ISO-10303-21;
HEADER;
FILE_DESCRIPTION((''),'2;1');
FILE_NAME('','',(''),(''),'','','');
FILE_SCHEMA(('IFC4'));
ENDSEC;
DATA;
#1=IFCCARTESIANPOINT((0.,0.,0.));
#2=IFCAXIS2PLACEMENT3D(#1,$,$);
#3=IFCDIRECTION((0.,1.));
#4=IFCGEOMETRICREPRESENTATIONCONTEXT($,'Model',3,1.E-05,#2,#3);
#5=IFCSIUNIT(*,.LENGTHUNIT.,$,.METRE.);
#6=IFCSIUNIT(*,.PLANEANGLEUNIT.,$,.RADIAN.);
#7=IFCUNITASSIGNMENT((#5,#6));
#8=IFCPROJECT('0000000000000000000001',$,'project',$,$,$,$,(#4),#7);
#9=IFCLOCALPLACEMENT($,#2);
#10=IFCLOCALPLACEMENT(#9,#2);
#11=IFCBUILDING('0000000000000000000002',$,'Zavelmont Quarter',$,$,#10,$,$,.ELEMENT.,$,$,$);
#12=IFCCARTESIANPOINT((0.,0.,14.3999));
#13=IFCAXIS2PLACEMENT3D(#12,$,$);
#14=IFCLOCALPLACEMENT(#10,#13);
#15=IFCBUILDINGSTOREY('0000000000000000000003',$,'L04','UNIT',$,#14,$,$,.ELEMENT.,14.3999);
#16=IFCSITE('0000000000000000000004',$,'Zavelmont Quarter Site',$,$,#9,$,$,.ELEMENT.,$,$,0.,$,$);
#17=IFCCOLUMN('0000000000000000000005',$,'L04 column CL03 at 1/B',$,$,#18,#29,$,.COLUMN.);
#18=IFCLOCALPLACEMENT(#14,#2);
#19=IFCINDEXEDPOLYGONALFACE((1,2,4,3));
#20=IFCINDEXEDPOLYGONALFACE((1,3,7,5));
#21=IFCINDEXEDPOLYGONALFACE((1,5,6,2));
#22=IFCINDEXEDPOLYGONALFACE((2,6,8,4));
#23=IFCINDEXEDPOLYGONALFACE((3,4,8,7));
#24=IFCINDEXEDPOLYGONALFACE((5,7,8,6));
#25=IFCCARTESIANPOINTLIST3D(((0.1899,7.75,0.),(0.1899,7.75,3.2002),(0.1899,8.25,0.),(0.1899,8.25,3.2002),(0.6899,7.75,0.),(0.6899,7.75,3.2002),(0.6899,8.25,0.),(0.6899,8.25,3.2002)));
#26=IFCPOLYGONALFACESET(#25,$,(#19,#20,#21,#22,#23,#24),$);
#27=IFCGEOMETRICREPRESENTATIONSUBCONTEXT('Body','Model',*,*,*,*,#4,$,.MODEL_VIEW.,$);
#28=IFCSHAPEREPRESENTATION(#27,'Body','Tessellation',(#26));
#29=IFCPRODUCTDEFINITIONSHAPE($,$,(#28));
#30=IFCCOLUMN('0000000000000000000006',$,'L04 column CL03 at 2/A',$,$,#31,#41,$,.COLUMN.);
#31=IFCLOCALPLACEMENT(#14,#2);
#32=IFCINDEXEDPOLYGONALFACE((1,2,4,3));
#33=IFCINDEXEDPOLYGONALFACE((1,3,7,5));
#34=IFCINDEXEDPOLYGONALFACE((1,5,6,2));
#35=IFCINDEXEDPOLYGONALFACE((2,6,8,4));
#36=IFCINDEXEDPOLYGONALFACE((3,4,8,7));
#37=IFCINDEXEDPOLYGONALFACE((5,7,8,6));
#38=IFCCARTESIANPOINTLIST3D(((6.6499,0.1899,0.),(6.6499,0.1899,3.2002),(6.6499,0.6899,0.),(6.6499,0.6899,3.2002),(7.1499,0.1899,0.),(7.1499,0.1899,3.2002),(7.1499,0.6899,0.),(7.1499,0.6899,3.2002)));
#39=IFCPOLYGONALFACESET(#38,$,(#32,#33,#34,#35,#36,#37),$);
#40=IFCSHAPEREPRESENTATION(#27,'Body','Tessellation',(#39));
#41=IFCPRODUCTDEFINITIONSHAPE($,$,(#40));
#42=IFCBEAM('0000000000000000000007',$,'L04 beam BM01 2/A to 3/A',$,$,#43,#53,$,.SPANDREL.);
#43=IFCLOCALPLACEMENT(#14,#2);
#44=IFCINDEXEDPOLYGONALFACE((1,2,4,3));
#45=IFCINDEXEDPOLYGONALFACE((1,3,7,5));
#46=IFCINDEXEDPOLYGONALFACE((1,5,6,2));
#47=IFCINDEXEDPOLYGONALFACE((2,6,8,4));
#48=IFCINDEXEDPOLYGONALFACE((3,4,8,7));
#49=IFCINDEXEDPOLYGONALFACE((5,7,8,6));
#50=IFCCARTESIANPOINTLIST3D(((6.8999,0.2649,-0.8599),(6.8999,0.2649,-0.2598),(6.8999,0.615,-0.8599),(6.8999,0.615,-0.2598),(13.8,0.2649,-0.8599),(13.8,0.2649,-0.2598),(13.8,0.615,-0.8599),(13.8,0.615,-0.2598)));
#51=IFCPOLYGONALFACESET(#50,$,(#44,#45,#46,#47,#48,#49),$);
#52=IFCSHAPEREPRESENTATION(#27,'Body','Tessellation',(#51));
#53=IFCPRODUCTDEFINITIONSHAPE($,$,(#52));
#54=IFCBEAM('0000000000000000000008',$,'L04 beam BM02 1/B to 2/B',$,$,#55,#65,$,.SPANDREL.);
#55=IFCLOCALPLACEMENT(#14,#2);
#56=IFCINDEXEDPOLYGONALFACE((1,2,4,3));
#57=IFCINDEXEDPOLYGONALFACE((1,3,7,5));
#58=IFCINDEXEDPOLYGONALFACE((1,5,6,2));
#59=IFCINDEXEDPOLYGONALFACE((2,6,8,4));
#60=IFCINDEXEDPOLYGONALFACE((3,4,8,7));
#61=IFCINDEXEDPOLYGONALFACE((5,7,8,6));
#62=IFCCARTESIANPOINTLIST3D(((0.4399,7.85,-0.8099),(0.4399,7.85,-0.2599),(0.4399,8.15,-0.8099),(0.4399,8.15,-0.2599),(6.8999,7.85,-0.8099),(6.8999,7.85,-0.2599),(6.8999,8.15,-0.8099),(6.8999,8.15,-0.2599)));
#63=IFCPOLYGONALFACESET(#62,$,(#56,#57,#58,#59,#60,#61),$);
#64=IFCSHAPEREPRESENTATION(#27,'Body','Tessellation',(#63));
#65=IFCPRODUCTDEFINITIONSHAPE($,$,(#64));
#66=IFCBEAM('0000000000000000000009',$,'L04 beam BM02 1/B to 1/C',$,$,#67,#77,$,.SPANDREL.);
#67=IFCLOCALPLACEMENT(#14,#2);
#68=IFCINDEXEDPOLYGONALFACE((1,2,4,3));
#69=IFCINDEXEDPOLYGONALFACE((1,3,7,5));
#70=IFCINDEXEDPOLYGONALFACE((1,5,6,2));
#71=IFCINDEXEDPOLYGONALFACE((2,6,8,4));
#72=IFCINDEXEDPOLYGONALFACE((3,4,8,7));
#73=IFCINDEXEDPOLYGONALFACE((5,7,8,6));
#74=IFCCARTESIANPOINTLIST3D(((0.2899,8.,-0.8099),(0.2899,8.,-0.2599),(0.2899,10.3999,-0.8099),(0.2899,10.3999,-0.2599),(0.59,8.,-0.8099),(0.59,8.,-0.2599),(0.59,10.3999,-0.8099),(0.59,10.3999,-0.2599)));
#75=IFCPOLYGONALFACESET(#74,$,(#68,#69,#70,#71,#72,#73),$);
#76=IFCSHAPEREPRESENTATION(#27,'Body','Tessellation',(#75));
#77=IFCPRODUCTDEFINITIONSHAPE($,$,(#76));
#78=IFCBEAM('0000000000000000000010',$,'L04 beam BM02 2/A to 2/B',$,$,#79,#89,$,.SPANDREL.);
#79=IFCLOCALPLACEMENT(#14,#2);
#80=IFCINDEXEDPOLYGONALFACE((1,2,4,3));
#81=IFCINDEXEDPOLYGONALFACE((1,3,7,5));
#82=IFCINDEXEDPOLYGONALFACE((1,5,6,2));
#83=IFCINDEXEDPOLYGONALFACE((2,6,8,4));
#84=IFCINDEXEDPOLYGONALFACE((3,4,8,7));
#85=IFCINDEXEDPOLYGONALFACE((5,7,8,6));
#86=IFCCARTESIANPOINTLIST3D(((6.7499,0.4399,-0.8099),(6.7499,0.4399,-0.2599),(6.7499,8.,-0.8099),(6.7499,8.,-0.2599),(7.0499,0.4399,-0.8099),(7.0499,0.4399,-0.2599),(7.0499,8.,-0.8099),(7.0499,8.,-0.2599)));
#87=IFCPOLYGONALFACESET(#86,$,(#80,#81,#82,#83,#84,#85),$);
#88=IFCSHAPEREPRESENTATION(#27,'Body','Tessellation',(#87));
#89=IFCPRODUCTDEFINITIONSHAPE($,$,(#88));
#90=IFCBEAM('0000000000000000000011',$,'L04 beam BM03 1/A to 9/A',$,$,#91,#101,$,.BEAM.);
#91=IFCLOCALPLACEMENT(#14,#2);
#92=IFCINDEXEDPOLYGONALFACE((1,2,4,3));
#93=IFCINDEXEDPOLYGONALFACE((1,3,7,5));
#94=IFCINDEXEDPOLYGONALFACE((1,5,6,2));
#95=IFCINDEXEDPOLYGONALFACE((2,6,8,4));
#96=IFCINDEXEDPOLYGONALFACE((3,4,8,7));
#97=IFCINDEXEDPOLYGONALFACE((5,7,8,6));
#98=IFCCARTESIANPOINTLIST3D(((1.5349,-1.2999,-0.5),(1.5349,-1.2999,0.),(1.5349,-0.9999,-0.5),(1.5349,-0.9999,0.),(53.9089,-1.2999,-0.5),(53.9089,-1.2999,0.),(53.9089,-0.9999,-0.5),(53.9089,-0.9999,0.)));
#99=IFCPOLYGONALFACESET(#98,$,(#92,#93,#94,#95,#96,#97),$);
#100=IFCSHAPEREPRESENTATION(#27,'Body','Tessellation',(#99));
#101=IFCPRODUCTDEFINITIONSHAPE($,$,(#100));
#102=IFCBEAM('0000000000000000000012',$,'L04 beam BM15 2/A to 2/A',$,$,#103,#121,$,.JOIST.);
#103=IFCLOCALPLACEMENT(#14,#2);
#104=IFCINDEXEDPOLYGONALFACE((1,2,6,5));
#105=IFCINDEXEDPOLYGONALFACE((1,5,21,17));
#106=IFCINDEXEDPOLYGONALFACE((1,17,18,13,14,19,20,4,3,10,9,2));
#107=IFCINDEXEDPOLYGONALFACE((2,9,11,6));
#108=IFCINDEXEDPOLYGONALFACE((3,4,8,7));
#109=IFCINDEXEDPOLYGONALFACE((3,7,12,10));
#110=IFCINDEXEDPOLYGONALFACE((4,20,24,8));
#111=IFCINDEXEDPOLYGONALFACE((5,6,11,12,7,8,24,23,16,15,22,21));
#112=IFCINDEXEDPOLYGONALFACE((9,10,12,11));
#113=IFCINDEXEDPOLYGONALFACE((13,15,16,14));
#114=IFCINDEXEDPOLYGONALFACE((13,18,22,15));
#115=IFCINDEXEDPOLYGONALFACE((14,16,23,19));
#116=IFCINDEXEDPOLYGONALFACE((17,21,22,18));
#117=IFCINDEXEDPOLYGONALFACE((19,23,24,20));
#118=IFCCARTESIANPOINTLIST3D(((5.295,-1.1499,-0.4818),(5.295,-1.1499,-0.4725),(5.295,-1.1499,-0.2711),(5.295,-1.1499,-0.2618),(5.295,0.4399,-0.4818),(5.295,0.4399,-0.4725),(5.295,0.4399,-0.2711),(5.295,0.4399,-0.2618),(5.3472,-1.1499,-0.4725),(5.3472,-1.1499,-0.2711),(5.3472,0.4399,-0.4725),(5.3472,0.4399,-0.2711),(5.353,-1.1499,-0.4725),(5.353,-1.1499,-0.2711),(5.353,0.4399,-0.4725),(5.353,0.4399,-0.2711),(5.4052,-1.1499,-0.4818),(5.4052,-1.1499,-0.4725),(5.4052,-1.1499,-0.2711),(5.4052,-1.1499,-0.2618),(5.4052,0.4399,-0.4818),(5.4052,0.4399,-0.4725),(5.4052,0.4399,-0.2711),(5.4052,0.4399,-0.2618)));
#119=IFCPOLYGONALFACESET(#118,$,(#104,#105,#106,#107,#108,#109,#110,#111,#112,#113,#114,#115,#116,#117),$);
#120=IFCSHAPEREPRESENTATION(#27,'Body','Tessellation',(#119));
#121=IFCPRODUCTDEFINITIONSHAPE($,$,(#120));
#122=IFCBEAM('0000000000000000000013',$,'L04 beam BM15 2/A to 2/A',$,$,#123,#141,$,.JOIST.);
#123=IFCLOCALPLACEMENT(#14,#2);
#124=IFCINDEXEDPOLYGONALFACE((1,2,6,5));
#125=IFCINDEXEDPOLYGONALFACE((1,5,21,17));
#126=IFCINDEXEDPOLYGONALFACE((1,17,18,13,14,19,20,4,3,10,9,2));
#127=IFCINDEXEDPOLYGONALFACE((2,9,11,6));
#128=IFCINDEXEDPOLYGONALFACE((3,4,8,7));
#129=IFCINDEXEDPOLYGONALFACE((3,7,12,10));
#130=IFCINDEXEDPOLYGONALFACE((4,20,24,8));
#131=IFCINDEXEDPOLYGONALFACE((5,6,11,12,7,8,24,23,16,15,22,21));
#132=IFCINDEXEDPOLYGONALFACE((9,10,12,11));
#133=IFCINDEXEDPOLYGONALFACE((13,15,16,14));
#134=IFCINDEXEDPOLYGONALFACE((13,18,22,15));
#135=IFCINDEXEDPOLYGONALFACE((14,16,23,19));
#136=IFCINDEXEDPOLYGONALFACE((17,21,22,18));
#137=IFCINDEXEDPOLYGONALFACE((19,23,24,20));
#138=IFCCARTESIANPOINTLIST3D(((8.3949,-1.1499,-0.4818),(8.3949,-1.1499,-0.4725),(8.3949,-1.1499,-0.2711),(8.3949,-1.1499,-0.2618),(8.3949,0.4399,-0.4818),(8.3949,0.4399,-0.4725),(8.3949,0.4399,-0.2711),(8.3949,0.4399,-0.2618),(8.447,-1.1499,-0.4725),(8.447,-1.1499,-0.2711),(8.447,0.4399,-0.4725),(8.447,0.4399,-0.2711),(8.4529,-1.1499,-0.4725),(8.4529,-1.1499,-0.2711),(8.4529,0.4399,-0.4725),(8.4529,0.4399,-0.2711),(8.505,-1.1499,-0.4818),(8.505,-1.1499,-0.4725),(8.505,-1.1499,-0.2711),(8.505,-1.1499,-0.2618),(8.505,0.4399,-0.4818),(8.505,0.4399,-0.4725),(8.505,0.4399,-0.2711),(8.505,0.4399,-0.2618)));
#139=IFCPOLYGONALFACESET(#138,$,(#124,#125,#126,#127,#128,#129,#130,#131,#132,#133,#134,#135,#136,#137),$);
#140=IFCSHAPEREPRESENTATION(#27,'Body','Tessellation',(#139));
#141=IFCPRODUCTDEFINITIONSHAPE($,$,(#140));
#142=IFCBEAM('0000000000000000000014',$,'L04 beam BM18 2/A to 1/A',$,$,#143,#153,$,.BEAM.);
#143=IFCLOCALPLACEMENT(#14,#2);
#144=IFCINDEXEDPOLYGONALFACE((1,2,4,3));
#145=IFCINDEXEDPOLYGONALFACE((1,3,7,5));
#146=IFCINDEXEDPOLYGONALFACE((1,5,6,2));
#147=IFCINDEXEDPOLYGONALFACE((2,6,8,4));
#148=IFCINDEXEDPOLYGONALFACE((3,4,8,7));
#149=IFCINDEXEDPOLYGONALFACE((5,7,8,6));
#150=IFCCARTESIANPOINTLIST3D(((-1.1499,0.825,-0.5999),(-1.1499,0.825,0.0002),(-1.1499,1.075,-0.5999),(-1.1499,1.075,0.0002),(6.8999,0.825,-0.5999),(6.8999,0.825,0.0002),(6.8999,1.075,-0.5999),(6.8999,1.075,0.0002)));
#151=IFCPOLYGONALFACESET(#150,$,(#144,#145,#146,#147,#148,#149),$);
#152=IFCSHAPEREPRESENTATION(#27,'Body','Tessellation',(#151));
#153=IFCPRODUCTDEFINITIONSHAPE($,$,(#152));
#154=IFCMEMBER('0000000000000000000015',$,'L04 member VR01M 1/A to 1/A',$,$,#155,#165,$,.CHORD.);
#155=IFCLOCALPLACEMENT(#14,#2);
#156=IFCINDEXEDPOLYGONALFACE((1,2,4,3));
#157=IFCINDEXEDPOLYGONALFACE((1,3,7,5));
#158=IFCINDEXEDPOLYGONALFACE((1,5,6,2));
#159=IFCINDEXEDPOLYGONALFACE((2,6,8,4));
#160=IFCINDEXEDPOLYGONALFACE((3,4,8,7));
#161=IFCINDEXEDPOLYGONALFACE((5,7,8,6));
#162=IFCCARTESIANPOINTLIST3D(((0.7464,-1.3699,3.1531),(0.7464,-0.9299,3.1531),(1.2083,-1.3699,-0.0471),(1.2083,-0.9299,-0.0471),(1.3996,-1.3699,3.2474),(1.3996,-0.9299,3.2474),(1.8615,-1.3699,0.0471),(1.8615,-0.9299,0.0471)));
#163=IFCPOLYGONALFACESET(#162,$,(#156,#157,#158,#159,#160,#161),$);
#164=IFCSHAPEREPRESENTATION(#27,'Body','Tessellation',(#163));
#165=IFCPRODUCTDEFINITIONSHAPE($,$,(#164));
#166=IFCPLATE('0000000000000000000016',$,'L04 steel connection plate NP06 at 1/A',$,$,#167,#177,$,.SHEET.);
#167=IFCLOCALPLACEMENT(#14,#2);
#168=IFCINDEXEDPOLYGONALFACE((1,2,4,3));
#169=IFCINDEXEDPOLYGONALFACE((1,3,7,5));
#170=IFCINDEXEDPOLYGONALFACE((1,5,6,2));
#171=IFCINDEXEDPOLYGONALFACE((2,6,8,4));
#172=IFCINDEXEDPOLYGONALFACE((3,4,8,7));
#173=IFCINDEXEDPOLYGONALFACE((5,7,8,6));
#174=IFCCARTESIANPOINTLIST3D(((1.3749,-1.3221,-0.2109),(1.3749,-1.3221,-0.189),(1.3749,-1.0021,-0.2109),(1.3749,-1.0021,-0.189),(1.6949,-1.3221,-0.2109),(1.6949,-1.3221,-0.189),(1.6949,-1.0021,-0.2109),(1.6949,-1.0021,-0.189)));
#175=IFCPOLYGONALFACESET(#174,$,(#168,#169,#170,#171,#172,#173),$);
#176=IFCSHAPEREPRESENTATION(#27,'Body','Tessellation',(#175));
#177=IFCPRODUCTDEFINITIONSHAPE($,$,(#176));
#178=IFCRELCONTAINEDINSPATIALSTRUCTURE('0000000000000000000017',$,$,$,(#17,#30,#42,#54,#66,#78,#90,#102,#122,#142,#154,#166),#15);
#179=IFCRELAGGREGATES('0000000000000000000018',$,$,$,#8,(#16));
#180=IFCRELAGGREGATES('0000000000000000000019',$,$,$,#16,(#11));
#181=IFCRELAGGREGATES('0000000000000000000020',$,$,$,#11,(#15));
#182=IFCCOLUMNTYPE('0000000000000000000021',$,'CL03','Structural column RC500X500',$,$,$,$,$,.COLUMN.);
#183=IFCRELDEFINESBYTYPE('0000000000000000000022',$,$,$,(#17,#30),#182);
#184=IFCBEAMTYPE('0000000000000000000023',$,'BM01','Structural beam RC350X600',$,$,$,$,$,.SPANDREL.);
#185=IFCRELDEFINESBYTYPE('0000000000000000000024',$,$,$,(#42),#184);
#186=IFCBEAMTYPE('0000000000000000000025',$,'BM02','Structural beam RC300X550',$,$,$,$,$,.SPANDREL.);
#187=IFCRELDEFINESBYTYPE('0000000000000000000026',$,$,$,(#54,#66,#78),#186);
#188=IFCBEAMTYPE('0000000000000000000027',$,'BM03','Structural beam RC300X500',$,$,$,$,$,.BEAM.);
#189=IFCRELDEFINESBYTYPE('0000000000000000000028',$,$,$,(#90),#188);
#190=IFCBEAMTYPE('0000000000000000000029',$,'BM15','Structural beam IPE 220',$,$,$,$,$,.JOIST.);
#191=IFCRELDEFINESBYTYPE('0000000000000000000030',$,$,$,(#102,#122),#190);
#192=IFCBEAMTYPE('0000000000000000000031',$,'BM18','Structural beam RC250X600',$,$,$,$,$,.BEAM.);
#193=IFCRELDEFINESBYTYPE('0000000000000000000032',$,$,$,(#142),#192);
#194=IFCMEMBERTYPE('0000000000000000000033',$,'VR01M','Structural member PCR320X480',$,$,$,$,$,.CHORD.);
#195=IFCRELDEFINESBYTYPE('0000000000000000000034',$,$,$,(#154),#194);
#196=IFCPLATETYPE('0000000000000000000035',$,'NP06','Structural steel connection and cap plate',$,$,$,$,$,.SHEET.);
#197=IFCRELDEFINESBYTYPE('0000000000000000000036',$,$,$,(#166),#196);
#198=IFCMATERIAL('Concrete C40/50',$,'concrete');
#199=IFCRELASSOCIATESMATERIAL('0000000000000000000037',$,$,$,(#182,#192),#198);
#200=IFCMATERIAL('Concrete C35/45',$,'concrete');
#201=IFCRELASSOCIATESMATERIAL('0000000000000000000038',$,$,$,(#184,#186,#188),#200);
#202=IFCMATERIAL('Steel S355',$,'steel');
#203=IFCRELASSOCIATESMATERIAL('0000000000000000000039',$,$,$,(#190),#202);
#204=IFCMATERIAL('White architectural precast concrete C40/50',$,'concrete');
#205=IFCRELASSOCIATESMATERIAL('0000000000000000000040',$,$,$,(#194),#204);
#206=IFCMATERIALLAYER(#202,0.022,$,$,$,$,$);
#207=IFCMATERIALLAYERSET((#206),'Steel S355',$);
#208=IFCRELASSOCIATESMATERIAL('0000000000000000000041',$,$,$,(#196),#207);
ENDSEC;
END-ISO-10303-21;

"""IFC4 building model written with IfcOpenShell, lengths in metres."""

from ifc_helpers import new_model, si_unit, direction, frame, origin, origin_2d, place, context, subcontext, project, spatial, rectangle, i_section, extrude, material, layer, layer_set, material_profile, profile_set, type_object, element, save


model = new_model("IFC4")

# Units and contexts
model_context = context("Model", 3, precision=1e-05, world=origin(), true_north=direction((0.0, 1.0)))
body_context = subcontext(model_context, "Body", "Model", "MODEL_VIEW")
ifc_project = project(units=[si_unit("LENGTHUNIT", "METRE"), si_unit("PLANEANGLEUNIT", "RADIAN")], contexts=[model_context])

# Site, building, storey
site_placement = place(None, origin())
site = spatial("IfcSite", under=ifc_project, at=site_placement, Name="Zavelmont Quarter Site", CompositionType="ELEMENT", RefElevation=0.0)
building_placement = place(site_placement, origin())
building = spatial("IfcBuilding", under=site, at=building_placement, Name="Zavelmont Quarter", CompositionType="ELEMENT")
storey_placement = place(building_placement, frame((0.0, 0.0, 14.3999)))
storey = spatial("IfcBuildingStorey", under=building, at=storey_placement, Name="L04", Description="UNIT", CompositionType="ELEMENT", Elevation=14.3999)

# Columns
ifc_material_1 = material(Name="Concrete C40/50", Category="concrete")
ifc_material_profile_1 = material_profile(ifc_material_1, rectangle(XDim=0.5, YDim=0.5, at=origin_2d()), Name="RC500X500")
ifc_profile_set_1 = profile_set([ifc_material_profile_1], Name="Concrete C40/50")
column_type = type_object("IfcColumnType", Name="CL03", Description="Structural column RC500X500", PredefinedType="COLUMN", material=ifc_profile_set_1)
for number, where, z_axis, x_axis, name in (
    (1, (0.4399, 8.0, 0.0), (0.0, 0.0, 1.0), (1.0, 0.0, 0.0), "L04 column CL03 at 1/B"),
    (2, (6.8999, 0.4399, 0.0), (0.0, 0.0, 1.0), (1.0, 0.0, 0.0), "L04 column CL03 at 2/A"),
):
    element("IfcColumn", number, at=place(storey_placement, frame(where, z_axis=z_axis, x_axis=x_axis)), inside=storey, type_object=column_type, Name=name, PredefinedType="COLUMN", context=body_context, shape_type="SweptSolid", body=[
        extrude(rectangle(XDim=0.5, YDim=0.5, at=origin_2d()), origin(), (0.0, 0.0, 1.0), 3.2002),
    ])

# Beams
ifc_material_2 = material(Name="Concrete C35/45", Category="concrete")
ifc_material_profile_2 = material_profile(ifc_material_2, rectangle(XDim=0.3501, YDim=0.6001, at=origin_2d()), Name="RC350X600")
ifc_profile_set_2 = profile_set([ifc_material_profile_2], Name="Concrete C35/45")
beam_type_1 = type_object("IfcBeamType", Name="BM01", Description="Structural beam RC350X600", PredefinedType="SPANDREL", material=ifc_profile_set_2)
beam_1_placement = place(storey_placement, frame((6.8999, 0.4399, -0.5598), z_axis=(1.0, 0.0, 0.0), x_axis=(0.0, 1.0, 0.0)))
element("IfcBeam", 3, at=beam_1_placement, inside=storey, type_object=beam_type_1, Name="L04 beam BM01 2/A to 3/A", PredefinedType="SPANDREL", context=body_context, shape_type="SweptSolid", body=[
    extrude(rectangle(XDim=0.3501, YDim=0.6001, at=origin_2d()), origin(), (0.0, 0.0, 1.0), 6.9001),
])
ifc_material_profile_3 = material_profile(ifc_material_2, rectangle(XDim=0.3, YDim=0.55, at=origin_2d()), Name="RC300X550")
ifc_profile_set_3 = profile_set([ifc_material_profile_3], Name="Concrete C35/45")
beam_type_2 = type_object("IfcBeamType", Name="BM02", Description="Structural beam RC300X550", PredefinedType="SPANDREL", material=ifc_profile_set_3)
beam_2_placement = place(storey_placement, frame((0.4399, 8.0, -0.5349), z_axis=(1.0, 0.0, 0.0), x_axis=(0.0, 1.0, 0.0)))
element("IfcBeam", 4, at=beam_2_placement, inside=storey, type_object=beam_type_2, Name="L04 beam BM02 1/B to 2/B", PredefinedType="SPANDREL", context=body_context, shape_type="SweptSolid", body=[
    extrude(rectangle(XDim=0.3, YDim=0.55, at=origin_2d()), origin(), (0.0, 0.0, 1.0), 6.46),
])
beam_3_placement = place(storey_placement, frame((0.4399, 8.0, -0.5349), z_axis=(0.0, 1.0, 0.0), x_axis=(-1.0, 0.0, 0.0)))
element("IfcBeam", 5, at=beam_3_placement, inside=storey, type_object=beam_type_2, Name="L04 beam BM02 1/B to 1/C", PredefinedType="SPANDREL", context=body_context, shape_type="SweptSolid", body=[
    extrude(rectangle(XDim=0.3, YDim=0.55, at=origin_2d()), origin(), (0.0, 0.0, 1.0), 2.3999),
])
beam_4_placement = place(storey_placement, frame((6.8999, 0.4399, -0.5349), z_axis=(0.0, 1.0, 0.0), x_axis=(-1.0, 0.0, 0.0)))
element("IfcBeam", 6, at=beam_4_placement, inside=storey, type_object=beam_type_2, Name="L04 beam BM02 2/A to 2/B", PredefinedType="SPANDREL", context=body_context, shape_type="SweptSolid", body=[
    extrude(rectangle(XDim=0.3, YDim=0.55, at=origin_2d()), origin(), (0.0, 0.0, 1.0), 7.5601),
])
ifc_material_profile_4 = material_profile(ifc_material_2, rectangle(XDim=0.3, YDim=0.5, at=origin_2d()), Name="RC300X500")
ifc_profile_set_4 = profile_set([ifc_material_profile_4], Name="Concrete C35/45")
beam_type_3 = type_object("IfcBeamType", Name="BM03", Description="Structural beam RC300X500", PredefinedType="BEAM", material=ifc_profile_set_4)
beam_5_placement = place(storey_placement, frame((1.5349, -1.1499, -0.25), z_axis=(1.0, 0.0, 0.0), x_axis=(0.0, 1.0, 0.0)))
element("IfcBeam", 7, at=beam_5_placement, inside=storey, type_object=beam_type_3, Name="L04 beam BM03 1/A to 9/A", PredefinedType="BEAM", context=body_context, shape_type="SweptSolid", body=[
    extrude(rectangle(XDim=0.3, YDim=0.5, at=origin_2d()), origin(), (0.0, 0.0, 1.0), 52.374),
])
ifc_material_3 = material(Name="Steel S355", Category="steel")
ifc_material_profile_5 = material_profile(ifc_material_3, i_section(OverallWidth=0.1101, OverallDepth=0.22, WebThickness=0.0059, FlangeThickness=0.0093, at=origin_2d()), Name="IPE 220")
ifc_profile_set_5 = profile_set([ifc_material_profile_5], Name="Steel S355")
beam_type_4 = type_object("IfcBeamType", Name="BM15", Description="Structural beam IPE 220", PredefinedType="JOIST", material=ifc_profile_set_5)
for number, where, z_axis, x_axis, name in (
    (8, (5.3501, 0.4399, -0.3718), (0.0, -1.0, 0.0), (1.0, 0.0, 0.0), "L04 beam BM15 2/A to 2/A"),
    (9, (8.45, 0.4399, -0.3718), (0.0, -1.0, 0.0), (1.0, 0.0, 0.0), "L04 beam BM15 2/A to 2/A"),
):
    element("IfcBeam", number, at=place(storey_placement, frame(where, z_axis=z_axis, x_axis=x_axis)), inside=storey, type_object=beam_type_4, Name=name, PredefinedType="JOIST", context=body_context, shape_type="SweptSolid", body=[
        extrude(i_section(OverallWidth=0.1101, OverallDepth=0.22, WebThickness=0.0059, FlangeThickness=0.0093, at=origin_2d()), origin(), (0.0, 0.0, 1.0), 1.5898),
    ])
ifc_material_profile_6 = material_profile(ifc_material_1, rectangle(XDim=0.25, YDim=0.6001, at=origin_2d()), Name="RC250X600")
ifc_profile_set_6 = profile_set([ifc_material_profile_6], Name="Concrete C40/50")
beam_type_5 = type_object("IfcBeamType", Name="BM18", Description="Structural beam RC250X600", PredefinedType="BEAM", material=ifc_profile_set_6)
beam_6_placement = place(storey_placement, frame((6.8999, 0.95, -0.2998), z_axis=(-1.0, 0.0, 0.0), x_axis=(0.0, -1.0, 0.0)))
element("IfcBeam", 10, at=beam_6_placement, inside=storey, type_object=beam_type_5, Name="L04 beam BM18 2/A to 1/A", PredefinedType="BEAM", context=body_context, shape_type="SweptSolid", body=[
    extrude(rectangle(XDim=0.25, YDim=0.6001, at=origin_2d()), origin(), (0.0, 0.0, 1.0), 8.0498),
])

# Member
ifc_material_4 = material(Name="White architectural precast concrete C40/50", Category="concrete")
ifc_material_profile_7 = material_profile(ifc_material_4, rectangle(XDim=0.4399, YDim=0.6599, at=origin_2d()), Name="PCR320X480")
ifc_profile_set_7 = profile_set([ifc_material_profile_7], Name="White architectural precast concrete C40/50")
member_type = type_object("IfcMemberType", Name="VR01M", Description="Structural member PCR320X480", PredefinedType="CHORD", material=ifc_profile_set_7)
member_placement = place(storey_placement, frame((1.5349, -1.1499, 0.0), z_axis=(-0.142859, 0.0, 0.989743), x_axis=(0.0, -1.0, 0.0)))
element("IfcMember", 11, at=member_placement, inside=storey, type_object=member_type, Name="L04 member VR01M 1/A to 1/A", PredefinedType="CHORD", context=body_context, shape_type="SweptSolid", body=[
    extrude(rectangle(XDim=0.4399, YDim=0.6599, at=origin_2d()), origin(), (0.0, 0.0, 1.0), 3.2334),
])

# Plate
ifc_layer_1 = layer(ifc_material_3, 0.022)
ifc_layer_set_1 = layer_set([ifc_layer_1], Name="Steel S355")
plate_type = type_object("IfcPlateType", Name="NP06", Description="Structural steel connection and cap plate", PredefinedType="SHEET", material=ifc_layer_set_1)
for number, where, z_axis, x_axis, name in (
    (12, (1.5349, -1.1621, -0.2109), (0.0, 0.0, 1.0), (1.0, 0.0, 0.0), "L04 steel connection plate NP06 at 1/A"),
):
    element("IfcPlate", number, at=place(storey_placement, frame(where, z_axis=z_axis, x_axis=x_axis)), inside=storey, type_object=plate_type, Name=name, PredefinedType="SHEET", context=body_context, shape_type="SweptSolid", body=[
        extrude(rectangle(XDim=0.3201, YDim=0.3201, at=origin_2d()), origin(), (0.0, 0.0, 1.0), 0.022),
    ])

save(model, "model.ifc")
